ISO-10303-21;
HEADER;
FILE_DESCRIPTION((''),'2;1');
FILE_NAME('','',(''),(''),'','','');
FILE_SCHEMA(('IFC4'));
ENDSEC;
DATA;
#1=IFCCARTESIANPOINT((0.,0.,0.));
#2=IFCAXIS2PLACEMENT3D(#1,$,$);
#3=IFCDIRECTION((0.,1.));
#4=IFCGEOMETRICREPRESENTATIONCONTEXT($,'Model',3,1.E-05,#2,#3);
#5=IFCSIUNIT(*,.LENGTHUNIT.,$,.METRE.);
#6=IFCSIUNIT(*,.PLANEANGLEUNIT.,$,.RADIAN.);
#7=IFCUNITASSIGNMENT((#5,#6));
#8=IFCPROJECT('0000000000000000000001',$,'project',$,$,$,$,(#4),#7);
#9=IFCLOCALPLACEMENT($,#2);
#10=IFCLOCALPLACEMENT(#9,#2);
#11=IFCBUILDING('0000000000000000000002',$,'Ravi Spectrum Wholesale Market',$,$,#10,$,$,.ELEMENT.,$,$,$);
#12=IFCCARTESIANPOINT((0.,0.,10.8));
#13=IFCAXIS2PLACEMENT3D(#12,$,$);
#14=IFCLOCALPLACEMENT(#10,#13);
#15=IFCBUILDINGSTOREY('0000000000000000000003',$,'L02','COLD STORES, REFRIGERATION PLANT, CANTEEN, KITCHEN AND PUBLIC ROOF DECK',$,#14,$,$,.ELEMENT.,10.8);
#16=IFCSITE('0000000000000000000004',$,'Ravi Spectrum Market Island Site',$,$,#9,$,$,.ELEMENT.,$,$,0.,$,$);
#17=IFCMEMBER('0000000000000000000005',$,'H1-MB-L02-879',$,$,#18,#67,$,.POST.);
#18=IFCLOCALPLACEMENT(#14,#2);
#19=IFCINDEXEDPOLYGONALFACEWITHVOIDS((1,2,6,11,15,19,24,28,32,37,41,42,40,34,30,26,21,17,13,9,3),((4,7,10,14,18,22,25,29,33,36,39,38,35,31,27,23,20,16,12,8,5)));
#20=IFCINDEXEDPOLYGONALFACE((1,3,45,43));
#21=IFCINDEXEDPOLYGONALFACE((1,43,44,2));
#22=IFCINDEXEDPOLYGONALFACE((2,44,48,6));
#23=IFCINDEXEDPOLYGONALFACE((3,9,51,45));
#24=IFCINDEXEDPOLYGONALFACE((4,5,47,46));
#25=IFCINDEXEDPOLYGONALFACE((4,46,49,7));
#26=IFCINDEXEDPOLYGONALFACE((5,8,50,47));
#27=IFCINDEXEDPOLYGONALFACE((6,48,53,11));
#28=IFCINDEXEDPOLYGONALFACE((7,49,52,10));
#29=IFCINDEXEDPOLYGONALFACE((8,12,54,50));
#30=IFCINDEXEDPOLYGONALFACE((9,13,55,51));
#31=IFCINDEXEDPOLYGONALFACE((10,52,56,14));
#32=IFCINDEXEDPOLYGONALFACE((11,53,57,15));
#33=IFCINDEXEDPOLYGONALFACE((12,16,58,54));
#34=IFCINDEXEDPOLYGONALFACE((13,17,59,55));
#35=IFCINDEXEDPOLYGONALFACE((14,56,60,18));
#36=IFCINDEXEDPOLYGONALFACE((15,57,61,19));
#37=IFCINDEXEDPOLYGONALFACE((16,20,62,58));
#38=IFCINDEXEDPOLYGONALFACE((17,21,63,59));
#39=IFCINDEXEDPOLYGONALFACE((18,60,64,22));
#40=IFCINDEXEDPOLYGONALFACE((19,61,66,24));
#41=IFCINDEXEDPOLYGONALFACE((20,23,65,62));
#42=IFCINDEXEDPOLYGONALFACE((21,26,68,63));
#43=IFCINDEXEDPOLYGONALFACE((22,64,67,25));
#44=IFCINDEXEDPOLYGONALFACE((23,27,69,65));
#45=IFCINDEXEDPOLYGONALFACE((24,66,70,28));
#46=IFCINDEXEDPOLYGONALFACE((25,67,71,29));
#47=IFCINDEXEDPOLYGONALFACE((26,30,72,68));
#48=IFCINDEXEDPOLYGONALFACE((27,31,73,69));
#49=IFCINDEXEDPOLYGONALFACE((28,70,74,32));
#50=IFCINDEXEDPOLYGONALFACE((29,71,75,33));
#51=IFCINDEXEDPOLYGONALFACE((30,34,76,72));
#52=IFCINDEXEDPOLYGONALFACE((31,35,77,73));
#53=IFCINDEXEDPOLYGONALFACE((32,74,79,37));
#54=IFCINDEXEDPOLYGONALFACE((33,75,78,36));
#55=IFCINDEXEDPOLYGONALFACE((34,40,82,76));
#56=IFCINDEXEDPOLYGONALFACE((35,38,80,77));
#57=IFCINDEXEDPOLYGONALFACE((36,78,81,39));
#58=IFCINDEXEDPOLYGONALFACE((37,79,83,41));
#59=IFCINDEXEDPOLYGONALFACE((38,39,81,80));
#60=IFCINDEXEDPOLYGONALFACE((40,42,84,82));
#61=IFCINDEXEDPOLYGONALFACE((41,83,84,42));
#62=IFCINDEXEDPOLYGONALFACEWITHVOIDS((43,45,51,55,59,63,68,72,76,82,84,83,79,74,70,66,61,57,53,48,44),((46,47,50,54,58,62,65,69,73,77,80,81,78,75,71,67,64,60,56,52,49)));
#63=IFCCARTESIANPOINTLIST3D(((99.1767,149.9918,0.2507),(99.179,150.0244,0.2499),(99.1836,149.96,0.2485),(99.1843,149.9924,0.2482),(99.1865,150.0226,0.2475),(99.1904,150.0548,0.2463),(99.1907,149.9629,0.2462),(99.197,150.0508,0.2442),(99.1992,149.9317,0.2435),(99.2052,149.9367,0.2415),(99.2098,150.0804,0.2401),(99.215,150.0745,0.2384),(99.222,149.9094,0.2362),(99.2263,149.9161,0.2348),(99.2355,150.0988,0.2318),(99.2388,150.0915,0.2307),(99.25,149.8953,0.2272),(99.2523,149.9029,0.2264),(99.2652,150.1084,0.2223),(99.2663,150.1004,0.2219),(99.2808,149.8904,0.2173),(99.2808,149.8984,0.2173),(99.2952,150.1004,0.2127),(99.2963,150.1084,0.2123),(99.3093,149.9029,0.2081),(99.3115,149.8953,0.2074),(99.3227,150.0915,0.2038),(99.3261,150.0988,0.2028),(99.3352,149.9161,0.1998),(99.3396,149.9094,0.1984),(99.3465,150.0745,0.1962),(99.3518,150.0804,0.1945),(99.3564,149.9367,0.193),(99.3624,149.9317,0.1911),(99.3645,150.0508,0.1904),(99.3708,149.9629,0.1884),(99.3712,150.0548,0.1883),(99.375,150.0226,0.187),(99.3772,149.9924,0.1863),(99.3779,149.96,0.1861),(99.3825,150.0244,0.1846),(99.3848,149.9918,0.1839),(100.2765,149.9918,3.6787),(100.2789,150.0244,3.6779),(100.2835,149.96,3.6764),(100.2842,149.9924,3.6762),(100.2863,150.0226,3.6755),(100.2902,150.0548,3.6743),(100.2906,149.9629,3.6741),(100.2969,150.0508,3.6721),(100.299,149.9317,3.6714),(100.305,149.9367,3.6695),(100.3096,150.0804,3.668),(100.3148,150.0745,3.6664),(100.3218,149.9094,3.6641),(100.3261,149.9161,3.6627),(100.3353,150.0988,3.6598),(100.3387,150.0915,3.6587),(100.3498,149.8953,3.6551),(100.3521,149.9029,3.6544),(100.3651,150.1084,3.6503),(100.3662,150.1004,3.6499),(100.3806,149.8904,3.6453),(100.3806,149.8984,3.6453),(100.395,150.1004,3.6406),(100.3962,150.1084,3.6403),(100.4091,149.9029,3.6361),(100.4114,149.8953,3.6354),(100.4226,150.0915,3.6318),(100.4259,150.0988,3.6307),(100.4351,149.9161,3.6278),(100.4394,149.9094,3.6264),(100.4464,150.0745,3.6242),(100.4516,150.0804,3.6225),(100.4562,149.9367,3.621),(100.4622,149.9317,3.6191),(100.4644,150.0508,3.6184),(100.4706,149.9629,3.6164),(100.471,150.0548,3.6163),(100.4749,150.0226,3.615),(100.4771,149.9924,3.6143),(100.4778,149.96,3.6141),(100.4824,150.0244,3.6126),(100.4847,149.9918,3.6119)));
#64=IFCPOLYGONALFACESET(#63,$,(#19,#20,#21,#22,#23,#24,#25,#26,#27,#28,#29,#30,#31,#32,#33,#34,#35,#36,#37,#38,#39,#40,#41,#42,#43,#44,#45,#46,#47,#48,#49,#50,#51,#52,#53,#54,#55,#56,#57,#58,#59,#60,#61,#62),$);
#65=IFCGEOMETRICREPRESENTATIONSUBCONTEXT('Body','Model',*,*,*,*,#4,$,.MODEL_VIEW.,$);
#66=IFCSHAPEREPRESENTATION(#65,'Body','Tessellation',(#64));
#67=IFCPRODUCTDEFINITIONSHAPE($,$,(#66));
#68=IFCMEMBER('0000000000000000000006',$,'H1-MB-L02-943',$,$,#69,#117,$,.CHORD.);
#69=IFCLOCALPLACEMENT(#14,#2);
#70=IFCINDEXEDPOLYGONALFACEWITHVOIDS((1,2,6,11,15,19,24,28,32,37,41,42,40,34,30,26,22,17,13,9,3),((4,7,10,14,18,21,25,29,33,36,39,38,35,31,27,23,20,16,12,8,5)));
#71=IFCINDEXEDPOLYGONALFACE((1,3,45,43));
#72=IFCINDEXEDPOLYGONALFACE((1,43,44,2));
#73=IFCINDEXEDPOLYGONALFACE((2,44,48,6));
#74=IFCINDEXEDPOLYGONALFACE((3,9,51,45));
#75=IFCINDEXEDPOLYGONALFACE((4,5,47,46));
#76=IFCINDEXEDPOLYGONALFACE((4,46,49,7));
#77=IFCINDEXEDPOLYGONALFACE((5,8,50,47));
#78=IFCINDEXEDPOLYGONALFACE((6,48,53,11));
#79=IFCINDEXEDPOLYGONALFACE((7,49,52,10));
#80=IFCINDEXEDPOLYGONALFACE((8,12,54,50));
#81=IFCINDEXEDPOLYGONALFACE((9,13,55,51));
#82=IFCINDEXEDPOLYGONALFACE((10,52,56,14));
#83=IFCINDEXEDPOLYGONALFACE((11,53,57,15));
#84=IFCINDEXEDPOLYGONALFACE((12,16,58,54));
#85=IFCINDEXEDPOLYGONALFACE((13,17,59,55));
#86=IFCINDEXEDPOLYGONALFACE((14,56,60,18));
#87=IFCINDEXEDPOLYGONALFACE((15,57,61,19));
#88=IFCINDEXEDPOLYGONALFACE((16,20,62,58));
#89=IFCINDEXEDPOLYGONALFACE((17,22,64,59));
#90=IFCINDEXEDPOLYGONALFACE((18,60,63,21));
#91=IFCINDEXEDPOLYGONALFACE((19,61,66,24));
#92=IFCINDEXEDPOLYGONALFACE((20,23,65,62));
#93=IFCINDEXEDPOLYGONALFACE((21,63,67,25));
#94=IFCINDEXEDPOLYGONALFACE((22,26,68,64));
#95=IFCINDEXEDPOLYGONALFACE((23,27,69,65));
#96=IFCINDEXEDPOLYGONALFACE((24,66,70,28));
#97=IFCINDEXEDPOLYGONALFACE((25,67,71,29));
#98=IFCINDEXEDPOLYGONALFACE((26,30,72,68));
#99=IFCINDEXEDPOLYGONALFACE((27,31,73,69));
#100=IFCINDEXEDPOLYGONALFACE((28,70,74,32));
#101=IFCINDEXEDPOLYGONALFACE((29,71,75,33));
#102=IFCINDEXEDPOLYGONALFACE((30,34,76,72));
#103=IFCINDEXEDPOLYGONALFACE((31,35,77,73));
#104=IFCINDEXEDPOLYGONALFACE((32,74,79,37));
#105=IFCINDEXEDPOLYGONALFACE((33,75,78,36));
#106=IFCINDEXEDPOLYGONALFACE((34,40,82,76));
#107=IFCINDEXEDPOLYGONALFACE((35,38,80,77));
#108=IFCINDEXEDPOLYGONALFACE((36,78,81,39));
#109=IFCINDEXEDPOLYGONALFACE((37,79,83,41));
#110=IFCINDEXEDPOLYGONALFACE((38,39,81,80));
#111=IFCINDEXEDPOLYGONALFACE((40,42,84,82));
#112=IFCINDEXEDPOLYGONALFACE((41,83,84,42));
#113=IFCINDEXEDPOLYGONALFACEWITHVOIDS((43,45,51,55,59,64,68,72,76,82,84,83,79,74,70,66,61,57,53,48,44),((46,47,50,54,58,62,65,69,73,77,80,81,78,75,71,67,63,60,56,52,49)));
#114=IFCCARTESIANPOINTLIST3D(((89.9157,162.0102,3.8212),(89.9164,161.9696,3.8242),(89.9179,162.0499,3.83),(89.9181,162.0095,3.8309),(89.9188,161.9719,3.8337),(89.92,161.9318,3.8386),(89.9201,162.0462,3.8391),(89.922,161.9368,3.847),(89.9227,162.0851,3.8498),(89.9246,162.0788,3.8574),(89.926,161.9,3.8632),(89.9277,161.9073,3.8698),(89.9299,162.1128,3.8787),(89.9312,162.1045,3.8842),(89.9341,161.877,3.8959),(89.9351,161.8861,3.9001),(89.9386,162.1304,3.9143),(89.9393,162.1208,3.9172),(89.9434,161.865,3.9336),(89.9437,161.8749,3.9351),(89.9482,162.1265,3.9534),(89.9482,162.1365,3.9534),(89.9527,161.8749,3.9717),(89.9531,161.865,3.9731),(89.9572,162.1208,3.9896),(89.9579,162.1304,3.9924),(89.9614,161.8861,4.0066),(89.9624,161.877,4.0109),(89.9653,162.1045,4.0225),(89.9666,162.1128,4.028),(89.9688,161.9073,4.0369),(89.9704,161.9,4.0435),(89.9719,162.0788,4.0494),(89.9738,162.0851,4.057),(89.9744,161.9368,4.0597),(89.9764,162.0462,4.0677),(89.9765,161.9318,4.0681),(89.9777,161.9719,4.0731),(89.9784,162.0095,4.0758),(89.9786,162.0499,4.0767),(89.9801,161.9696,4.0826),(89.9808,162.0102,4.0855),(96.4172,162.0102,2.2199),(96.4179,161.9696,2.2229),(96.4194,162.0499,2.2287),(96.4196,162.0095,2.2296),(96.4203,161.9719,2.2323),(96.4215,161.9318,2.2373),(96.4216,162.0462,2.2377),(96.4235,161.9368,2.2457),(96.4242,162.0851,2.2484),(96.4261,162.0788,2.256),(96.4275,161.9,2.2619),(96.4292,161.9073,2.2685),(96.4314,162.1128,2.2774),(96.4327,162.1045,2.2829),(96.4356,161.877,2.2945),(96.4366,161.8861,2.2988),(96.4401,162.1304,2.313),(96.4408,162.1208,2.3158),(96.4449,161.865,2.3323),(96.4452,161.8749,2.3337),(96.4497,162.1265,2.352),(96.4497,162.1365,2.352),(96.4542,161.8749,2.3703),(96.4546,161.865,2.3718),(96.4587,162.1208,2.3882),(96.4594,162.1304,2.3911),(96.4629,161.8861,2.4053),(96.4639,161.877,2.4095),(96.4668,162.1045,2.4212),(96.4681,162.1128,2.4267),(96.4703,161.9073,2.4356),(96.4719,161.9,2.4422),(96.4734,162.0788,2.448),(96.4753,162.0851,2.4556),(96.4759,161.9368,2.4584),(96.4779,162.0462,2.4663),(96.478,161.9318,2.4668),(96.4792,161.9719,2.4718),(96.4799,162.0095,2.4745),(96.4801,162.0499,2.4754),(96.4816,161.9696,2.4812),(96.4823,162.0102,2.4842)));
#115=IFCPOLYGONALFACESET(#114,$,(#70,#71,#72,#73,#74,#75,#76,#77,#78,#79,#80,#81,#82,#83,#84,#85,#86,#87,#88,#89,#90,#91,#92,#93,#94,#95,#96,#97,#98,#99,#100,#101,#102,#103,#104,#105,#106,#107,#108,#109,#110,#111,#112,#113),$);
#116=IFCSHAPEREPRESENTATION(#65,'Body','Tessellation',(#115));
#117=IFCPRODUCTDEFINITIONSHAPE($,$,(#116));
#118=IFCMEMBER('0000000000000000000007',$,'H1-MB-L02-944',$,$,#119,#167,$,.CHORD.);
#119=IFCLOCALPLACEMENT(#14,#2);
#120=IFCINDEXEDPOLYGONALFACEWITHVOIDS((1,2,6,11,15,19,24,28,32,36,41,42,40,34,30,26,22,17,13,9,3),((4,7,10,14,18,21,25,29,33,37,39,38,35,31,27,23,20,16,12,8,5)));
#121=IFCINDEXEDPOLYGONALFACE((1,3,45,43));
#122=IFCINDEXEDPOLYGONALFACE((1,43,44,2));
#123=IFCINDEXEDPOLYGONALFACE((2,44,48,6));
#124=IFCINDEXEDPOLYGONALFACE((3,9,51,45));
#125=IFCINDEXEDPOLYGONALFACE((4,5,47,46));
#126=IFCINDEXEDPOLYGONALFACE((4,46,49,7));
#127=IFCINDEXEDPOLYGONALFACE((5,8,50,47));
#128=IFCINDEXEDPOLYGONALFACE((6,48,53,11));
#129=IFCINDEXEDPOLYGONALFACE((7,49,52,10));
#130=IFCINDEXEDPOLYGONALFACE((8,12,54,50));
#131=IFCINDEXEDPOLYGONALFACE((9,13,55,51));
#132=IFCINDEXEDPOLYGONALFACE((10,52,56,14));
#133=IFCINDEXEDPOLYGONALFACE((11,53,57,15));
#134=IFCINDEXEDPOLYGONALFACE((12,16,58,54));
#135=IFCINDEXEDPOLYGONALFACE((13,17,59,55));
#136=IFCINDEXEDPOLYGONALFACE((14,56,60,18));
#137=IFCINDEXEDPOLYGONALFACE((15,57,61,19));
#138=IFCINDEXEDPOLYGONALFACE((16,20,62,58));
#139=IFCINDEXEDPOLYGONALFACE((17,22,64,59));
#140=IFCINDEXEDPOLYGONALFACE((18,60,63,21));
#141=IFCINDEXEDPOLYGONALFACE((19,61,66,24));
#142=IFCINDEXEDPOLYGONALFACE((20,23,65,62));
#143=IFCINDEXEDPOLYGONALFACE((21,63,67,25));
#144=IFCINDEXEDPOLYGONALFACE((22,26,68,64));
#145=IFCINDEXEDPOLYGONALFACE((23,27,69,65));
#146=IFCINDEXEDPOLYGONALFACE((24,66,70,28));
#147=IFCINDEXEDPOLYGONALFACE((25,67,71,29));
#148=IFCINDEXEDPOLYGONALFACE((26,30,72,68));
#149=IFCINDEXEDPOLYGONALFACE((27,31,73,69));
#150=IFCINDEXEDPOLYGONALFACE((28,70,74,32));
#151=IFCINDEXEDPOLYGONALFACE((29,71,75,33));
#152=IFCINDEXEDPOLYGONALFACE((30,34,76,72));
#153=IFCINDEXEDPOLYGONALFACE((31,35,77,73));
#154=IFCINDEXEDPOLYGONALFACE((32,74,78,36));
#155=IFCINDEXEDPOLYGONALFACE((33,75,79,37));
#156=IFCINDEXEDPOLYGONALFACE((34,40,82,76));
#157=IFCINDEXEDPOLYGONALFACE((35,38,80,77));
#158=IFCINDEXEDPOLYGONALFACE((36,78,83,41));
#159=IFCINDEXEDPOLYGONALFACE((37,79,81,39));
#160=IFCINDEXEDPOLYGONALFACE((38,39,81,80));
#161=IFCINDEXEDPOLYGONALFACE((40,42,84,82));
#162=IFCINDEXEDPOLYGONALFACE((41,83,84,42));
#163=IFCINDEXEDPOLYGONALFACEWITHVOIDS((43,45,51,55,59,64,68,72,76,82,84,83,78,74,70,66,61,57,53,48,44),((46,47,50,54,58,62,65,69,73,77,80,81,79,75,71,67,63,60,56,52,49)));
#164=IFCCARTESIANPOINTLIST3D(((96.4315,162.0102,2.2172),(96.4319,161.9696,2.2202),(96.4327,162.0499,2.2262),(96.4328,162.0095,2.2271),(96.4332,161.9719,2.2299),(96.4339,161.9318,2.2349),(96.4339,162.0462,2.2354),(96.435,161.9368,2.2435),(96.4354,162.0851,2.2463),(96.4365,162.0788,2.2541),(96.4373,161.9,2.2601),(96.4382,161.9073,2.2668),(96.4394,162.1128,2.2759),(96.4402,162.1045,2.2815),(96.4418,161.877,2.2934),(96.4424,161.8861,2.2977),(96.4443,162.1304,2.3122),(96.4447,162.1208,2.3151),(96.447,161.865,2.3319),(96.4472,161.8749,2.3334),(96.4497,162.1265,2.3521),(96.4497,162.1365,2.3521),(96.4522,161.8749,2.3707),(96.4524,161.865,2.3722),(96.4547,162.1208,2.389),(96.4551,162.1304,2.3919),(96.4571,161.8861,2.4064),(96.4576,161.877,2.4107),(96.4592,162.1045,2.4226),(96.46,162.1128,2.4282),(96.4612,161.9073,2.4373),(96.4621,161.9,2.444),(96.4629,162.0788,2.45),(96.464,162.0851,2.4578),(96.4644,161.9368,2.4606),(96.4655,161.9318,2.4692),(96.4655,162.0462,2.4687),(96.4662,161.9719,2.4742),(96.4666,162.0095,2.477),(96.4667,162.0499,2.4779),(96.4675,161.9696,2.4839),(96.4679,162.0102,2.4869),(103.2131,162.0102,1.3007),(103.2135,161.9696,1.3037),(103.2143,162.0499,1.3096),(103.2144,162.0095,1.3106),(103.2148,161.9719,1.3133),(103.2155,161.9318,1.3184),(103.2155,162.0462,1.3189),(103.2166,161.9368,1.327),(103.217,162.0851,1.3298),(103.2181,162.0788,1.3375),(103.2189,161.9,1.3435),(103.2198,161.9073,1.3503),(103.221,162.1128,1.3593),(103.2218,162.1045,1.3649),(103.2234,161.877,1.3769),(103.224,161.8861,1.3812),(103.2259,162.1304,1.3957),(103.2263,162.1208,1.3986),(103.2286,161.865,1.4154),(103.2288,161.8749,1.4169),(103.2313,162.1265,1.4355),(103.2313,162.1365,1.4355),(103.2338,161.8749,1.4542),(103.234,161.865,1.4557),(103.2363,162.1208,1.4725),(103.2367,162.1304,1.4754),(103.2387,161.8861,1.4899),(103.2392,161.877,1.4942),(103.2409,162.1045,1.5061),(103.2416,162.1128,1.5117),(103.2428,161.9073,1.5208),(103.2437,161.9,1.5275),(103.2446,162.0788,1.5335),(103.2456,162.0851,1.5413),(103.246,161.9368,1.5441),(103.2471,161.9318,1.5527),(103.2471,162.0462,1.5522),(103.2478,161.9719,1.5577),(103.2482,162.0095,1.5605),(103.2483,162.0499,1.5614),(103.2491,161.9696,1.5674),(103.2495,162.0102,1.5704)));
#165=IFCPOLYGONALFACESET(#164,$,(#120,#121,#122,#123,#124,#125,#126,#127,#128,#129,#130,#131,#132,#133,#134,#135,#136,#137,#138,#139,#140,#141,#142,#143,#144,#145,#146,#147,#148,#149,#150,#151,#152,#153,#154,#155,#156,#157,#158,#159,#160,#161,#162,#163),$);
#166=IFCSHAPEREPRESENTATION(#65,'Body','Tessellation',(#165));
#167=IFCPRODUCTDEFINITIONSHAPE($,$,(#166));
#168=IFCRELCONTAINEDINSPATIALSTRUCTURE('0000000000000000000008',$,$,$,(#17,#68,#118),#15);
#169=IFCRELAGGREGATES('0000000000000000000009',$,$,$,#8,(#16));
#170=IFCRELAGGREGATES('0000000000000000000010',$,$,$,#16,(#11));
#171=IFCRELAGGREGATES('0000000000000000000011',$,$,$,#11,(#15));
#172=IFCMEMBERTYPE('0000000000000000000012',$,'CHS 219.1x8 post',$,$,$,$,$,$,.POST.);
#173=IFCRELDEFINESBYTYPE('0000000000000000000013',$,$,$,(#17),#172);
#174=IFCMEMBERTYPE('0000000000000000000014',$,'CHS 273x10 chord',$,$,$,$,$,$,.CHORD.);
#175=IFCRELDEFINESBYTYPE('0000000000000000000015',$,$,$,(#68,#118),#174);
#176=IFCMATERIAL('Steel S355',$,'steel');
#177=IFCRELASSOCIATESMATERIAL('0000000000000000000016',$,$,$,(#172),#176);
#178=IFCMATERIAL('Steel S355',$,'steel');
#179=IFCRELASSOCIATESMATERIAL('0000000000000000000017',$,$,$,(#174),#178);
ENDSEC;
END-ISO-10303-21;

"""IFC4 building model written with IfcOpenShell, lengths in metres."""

from ifc_helpers import new_model, si_unit, direction, frame, origin, origin_2d, place, context, subcontext, project, spatial, hollow_circle, extrude, material, material_profile, profile_set, type_object, element, save


model = new_model("IFC4")

# Units and contexts
model_context = context("Model", 3, precision=1e-05, world=origin(), true_north=direction((0.0, 1.0)))
body_context = subcontext(model_context, "Body", "Model", "MODEL_VIEW")
ifc_project = project(units=[si_unit("LENGTHUNIT", "METRE"), si_unit("PLANEANGLEUNIT", "RADIAN")], contexts=[model_context])

# Site, building, storey
site_placement = place(None, origin())
site = spatial("IfcSite", under=ifc_project, at=site_placement, Name="Ravi Spectrum Market Island Site", CompositionType="ELEMENT", RefElevation=0.0)
building_placement = place(site_placement, origin())
building = spatial("IfcBuilding", under=site, at=building_placement, Name="Ravi Spectrum Wholesale Market", CompositionType="ELEMENT")
storey_placement = place(building_placement, frame((0.0, 0.0, 10.8)))
storey = spatial("IfcBuildingStorey", under=building, at=storey_placement, Name="L02", Description="COLD STORES, REFRIGERATION PLANT, CANTEEN, KITCHEN AND PUBLIC ROOF DECK", CompositionType="ELEMENT", Elevation=10.8)

# Members
ifc_material_1 = material(Name="Steel S355", Category="steel")
ifc_material_profile_1 = material_profile(ifc_material_1, hollow_circle(Radius=0.1096, WallThickness=0.0081, at=origin_2d()))
ifc_profile_set_1 = profile_set([ifc_material_profile_1], Name="Steel S355")
member_type_1 = type_object("IfcMemberType", Name="CHS 219.1x8 post", PredefinedType="POST", material=ifc_profile_set_1)
member_1_placement = place(storey_placement, frame((100.3806, 150.0, 3.6453), z_axis=(-0.305506, 0.0, -0.95219), x_axis=(0.0, -1.0, 0.0)))
element("IfcMember", 1, at=member_1_placement, inside=storey, type_object=member_type_1, Name="H1-MB-L02-879", PredefinedType="POST", context=body_context, shape_type="SweptSolid", body=[
    extrude(hollow_circle(Radius=0.1096, WallThickness=0.0081, at=origin_2d()), origin(), (0.0, 0.0, 1.0), 3.6001),
])
ifc_material_2 = material(Name="Steel S355", Category="steel")
ifc_material_profile_2 = material_profile(ifc_material_2, hollow_circle(Radius=0.1365, WallThickness=0.01, at=origin_2d()))
ifc_profile_set_2 = profile_set([ifc_material_profile_2], Name="Steel S355")
member_type_2 = type_object("IfcMemberType", Name="CHS 273x10 chord", PredefinedType="CHORD", material=ifc_profile_set_2)
member_2_placement = place(storey_placement, frame((89.9482, 162.0, 3.9534), z_axis=(0.970982, 0.0, -0.239154), x_axis=(0.0, 1.0, 0.0)))
element("IfcMember", 2, at=member_2_placement, inside=storey, type_object=member_type_2, Name="H1-MB-L02-943", PredefinedType="CHORD", context=body_context, shape_type="SweptSolid", body=[
    extrude(hollow_circle(Radius=0.1365, WallThickness=0.01, at=origin_2d()), origin(), (0.0, 0.0, 1.0), 6.6958),
])
member_3_placement = place(storey_placement, frame((96.4497, 162.0, 2.3521), z_axis=(0.990991, 0.0, -0.13393), x_axis=(0.0, 1.0, 0.0)))
element("IfcMember", 3, at=member_3_placement, inside=storey, type_object=member_type_2, Name="H1-MB-L02-944", PredefinedType="CHORD", context=body_context, shape_type="SweptSolid", body=[
    extrude(hollow_circle(Radius=0.1365, WallThickness=0.01, at=origin_2d()), origin(), (0.0, 0.0, 1.0), 6.8433),
])

save(model, "model.ifc")
